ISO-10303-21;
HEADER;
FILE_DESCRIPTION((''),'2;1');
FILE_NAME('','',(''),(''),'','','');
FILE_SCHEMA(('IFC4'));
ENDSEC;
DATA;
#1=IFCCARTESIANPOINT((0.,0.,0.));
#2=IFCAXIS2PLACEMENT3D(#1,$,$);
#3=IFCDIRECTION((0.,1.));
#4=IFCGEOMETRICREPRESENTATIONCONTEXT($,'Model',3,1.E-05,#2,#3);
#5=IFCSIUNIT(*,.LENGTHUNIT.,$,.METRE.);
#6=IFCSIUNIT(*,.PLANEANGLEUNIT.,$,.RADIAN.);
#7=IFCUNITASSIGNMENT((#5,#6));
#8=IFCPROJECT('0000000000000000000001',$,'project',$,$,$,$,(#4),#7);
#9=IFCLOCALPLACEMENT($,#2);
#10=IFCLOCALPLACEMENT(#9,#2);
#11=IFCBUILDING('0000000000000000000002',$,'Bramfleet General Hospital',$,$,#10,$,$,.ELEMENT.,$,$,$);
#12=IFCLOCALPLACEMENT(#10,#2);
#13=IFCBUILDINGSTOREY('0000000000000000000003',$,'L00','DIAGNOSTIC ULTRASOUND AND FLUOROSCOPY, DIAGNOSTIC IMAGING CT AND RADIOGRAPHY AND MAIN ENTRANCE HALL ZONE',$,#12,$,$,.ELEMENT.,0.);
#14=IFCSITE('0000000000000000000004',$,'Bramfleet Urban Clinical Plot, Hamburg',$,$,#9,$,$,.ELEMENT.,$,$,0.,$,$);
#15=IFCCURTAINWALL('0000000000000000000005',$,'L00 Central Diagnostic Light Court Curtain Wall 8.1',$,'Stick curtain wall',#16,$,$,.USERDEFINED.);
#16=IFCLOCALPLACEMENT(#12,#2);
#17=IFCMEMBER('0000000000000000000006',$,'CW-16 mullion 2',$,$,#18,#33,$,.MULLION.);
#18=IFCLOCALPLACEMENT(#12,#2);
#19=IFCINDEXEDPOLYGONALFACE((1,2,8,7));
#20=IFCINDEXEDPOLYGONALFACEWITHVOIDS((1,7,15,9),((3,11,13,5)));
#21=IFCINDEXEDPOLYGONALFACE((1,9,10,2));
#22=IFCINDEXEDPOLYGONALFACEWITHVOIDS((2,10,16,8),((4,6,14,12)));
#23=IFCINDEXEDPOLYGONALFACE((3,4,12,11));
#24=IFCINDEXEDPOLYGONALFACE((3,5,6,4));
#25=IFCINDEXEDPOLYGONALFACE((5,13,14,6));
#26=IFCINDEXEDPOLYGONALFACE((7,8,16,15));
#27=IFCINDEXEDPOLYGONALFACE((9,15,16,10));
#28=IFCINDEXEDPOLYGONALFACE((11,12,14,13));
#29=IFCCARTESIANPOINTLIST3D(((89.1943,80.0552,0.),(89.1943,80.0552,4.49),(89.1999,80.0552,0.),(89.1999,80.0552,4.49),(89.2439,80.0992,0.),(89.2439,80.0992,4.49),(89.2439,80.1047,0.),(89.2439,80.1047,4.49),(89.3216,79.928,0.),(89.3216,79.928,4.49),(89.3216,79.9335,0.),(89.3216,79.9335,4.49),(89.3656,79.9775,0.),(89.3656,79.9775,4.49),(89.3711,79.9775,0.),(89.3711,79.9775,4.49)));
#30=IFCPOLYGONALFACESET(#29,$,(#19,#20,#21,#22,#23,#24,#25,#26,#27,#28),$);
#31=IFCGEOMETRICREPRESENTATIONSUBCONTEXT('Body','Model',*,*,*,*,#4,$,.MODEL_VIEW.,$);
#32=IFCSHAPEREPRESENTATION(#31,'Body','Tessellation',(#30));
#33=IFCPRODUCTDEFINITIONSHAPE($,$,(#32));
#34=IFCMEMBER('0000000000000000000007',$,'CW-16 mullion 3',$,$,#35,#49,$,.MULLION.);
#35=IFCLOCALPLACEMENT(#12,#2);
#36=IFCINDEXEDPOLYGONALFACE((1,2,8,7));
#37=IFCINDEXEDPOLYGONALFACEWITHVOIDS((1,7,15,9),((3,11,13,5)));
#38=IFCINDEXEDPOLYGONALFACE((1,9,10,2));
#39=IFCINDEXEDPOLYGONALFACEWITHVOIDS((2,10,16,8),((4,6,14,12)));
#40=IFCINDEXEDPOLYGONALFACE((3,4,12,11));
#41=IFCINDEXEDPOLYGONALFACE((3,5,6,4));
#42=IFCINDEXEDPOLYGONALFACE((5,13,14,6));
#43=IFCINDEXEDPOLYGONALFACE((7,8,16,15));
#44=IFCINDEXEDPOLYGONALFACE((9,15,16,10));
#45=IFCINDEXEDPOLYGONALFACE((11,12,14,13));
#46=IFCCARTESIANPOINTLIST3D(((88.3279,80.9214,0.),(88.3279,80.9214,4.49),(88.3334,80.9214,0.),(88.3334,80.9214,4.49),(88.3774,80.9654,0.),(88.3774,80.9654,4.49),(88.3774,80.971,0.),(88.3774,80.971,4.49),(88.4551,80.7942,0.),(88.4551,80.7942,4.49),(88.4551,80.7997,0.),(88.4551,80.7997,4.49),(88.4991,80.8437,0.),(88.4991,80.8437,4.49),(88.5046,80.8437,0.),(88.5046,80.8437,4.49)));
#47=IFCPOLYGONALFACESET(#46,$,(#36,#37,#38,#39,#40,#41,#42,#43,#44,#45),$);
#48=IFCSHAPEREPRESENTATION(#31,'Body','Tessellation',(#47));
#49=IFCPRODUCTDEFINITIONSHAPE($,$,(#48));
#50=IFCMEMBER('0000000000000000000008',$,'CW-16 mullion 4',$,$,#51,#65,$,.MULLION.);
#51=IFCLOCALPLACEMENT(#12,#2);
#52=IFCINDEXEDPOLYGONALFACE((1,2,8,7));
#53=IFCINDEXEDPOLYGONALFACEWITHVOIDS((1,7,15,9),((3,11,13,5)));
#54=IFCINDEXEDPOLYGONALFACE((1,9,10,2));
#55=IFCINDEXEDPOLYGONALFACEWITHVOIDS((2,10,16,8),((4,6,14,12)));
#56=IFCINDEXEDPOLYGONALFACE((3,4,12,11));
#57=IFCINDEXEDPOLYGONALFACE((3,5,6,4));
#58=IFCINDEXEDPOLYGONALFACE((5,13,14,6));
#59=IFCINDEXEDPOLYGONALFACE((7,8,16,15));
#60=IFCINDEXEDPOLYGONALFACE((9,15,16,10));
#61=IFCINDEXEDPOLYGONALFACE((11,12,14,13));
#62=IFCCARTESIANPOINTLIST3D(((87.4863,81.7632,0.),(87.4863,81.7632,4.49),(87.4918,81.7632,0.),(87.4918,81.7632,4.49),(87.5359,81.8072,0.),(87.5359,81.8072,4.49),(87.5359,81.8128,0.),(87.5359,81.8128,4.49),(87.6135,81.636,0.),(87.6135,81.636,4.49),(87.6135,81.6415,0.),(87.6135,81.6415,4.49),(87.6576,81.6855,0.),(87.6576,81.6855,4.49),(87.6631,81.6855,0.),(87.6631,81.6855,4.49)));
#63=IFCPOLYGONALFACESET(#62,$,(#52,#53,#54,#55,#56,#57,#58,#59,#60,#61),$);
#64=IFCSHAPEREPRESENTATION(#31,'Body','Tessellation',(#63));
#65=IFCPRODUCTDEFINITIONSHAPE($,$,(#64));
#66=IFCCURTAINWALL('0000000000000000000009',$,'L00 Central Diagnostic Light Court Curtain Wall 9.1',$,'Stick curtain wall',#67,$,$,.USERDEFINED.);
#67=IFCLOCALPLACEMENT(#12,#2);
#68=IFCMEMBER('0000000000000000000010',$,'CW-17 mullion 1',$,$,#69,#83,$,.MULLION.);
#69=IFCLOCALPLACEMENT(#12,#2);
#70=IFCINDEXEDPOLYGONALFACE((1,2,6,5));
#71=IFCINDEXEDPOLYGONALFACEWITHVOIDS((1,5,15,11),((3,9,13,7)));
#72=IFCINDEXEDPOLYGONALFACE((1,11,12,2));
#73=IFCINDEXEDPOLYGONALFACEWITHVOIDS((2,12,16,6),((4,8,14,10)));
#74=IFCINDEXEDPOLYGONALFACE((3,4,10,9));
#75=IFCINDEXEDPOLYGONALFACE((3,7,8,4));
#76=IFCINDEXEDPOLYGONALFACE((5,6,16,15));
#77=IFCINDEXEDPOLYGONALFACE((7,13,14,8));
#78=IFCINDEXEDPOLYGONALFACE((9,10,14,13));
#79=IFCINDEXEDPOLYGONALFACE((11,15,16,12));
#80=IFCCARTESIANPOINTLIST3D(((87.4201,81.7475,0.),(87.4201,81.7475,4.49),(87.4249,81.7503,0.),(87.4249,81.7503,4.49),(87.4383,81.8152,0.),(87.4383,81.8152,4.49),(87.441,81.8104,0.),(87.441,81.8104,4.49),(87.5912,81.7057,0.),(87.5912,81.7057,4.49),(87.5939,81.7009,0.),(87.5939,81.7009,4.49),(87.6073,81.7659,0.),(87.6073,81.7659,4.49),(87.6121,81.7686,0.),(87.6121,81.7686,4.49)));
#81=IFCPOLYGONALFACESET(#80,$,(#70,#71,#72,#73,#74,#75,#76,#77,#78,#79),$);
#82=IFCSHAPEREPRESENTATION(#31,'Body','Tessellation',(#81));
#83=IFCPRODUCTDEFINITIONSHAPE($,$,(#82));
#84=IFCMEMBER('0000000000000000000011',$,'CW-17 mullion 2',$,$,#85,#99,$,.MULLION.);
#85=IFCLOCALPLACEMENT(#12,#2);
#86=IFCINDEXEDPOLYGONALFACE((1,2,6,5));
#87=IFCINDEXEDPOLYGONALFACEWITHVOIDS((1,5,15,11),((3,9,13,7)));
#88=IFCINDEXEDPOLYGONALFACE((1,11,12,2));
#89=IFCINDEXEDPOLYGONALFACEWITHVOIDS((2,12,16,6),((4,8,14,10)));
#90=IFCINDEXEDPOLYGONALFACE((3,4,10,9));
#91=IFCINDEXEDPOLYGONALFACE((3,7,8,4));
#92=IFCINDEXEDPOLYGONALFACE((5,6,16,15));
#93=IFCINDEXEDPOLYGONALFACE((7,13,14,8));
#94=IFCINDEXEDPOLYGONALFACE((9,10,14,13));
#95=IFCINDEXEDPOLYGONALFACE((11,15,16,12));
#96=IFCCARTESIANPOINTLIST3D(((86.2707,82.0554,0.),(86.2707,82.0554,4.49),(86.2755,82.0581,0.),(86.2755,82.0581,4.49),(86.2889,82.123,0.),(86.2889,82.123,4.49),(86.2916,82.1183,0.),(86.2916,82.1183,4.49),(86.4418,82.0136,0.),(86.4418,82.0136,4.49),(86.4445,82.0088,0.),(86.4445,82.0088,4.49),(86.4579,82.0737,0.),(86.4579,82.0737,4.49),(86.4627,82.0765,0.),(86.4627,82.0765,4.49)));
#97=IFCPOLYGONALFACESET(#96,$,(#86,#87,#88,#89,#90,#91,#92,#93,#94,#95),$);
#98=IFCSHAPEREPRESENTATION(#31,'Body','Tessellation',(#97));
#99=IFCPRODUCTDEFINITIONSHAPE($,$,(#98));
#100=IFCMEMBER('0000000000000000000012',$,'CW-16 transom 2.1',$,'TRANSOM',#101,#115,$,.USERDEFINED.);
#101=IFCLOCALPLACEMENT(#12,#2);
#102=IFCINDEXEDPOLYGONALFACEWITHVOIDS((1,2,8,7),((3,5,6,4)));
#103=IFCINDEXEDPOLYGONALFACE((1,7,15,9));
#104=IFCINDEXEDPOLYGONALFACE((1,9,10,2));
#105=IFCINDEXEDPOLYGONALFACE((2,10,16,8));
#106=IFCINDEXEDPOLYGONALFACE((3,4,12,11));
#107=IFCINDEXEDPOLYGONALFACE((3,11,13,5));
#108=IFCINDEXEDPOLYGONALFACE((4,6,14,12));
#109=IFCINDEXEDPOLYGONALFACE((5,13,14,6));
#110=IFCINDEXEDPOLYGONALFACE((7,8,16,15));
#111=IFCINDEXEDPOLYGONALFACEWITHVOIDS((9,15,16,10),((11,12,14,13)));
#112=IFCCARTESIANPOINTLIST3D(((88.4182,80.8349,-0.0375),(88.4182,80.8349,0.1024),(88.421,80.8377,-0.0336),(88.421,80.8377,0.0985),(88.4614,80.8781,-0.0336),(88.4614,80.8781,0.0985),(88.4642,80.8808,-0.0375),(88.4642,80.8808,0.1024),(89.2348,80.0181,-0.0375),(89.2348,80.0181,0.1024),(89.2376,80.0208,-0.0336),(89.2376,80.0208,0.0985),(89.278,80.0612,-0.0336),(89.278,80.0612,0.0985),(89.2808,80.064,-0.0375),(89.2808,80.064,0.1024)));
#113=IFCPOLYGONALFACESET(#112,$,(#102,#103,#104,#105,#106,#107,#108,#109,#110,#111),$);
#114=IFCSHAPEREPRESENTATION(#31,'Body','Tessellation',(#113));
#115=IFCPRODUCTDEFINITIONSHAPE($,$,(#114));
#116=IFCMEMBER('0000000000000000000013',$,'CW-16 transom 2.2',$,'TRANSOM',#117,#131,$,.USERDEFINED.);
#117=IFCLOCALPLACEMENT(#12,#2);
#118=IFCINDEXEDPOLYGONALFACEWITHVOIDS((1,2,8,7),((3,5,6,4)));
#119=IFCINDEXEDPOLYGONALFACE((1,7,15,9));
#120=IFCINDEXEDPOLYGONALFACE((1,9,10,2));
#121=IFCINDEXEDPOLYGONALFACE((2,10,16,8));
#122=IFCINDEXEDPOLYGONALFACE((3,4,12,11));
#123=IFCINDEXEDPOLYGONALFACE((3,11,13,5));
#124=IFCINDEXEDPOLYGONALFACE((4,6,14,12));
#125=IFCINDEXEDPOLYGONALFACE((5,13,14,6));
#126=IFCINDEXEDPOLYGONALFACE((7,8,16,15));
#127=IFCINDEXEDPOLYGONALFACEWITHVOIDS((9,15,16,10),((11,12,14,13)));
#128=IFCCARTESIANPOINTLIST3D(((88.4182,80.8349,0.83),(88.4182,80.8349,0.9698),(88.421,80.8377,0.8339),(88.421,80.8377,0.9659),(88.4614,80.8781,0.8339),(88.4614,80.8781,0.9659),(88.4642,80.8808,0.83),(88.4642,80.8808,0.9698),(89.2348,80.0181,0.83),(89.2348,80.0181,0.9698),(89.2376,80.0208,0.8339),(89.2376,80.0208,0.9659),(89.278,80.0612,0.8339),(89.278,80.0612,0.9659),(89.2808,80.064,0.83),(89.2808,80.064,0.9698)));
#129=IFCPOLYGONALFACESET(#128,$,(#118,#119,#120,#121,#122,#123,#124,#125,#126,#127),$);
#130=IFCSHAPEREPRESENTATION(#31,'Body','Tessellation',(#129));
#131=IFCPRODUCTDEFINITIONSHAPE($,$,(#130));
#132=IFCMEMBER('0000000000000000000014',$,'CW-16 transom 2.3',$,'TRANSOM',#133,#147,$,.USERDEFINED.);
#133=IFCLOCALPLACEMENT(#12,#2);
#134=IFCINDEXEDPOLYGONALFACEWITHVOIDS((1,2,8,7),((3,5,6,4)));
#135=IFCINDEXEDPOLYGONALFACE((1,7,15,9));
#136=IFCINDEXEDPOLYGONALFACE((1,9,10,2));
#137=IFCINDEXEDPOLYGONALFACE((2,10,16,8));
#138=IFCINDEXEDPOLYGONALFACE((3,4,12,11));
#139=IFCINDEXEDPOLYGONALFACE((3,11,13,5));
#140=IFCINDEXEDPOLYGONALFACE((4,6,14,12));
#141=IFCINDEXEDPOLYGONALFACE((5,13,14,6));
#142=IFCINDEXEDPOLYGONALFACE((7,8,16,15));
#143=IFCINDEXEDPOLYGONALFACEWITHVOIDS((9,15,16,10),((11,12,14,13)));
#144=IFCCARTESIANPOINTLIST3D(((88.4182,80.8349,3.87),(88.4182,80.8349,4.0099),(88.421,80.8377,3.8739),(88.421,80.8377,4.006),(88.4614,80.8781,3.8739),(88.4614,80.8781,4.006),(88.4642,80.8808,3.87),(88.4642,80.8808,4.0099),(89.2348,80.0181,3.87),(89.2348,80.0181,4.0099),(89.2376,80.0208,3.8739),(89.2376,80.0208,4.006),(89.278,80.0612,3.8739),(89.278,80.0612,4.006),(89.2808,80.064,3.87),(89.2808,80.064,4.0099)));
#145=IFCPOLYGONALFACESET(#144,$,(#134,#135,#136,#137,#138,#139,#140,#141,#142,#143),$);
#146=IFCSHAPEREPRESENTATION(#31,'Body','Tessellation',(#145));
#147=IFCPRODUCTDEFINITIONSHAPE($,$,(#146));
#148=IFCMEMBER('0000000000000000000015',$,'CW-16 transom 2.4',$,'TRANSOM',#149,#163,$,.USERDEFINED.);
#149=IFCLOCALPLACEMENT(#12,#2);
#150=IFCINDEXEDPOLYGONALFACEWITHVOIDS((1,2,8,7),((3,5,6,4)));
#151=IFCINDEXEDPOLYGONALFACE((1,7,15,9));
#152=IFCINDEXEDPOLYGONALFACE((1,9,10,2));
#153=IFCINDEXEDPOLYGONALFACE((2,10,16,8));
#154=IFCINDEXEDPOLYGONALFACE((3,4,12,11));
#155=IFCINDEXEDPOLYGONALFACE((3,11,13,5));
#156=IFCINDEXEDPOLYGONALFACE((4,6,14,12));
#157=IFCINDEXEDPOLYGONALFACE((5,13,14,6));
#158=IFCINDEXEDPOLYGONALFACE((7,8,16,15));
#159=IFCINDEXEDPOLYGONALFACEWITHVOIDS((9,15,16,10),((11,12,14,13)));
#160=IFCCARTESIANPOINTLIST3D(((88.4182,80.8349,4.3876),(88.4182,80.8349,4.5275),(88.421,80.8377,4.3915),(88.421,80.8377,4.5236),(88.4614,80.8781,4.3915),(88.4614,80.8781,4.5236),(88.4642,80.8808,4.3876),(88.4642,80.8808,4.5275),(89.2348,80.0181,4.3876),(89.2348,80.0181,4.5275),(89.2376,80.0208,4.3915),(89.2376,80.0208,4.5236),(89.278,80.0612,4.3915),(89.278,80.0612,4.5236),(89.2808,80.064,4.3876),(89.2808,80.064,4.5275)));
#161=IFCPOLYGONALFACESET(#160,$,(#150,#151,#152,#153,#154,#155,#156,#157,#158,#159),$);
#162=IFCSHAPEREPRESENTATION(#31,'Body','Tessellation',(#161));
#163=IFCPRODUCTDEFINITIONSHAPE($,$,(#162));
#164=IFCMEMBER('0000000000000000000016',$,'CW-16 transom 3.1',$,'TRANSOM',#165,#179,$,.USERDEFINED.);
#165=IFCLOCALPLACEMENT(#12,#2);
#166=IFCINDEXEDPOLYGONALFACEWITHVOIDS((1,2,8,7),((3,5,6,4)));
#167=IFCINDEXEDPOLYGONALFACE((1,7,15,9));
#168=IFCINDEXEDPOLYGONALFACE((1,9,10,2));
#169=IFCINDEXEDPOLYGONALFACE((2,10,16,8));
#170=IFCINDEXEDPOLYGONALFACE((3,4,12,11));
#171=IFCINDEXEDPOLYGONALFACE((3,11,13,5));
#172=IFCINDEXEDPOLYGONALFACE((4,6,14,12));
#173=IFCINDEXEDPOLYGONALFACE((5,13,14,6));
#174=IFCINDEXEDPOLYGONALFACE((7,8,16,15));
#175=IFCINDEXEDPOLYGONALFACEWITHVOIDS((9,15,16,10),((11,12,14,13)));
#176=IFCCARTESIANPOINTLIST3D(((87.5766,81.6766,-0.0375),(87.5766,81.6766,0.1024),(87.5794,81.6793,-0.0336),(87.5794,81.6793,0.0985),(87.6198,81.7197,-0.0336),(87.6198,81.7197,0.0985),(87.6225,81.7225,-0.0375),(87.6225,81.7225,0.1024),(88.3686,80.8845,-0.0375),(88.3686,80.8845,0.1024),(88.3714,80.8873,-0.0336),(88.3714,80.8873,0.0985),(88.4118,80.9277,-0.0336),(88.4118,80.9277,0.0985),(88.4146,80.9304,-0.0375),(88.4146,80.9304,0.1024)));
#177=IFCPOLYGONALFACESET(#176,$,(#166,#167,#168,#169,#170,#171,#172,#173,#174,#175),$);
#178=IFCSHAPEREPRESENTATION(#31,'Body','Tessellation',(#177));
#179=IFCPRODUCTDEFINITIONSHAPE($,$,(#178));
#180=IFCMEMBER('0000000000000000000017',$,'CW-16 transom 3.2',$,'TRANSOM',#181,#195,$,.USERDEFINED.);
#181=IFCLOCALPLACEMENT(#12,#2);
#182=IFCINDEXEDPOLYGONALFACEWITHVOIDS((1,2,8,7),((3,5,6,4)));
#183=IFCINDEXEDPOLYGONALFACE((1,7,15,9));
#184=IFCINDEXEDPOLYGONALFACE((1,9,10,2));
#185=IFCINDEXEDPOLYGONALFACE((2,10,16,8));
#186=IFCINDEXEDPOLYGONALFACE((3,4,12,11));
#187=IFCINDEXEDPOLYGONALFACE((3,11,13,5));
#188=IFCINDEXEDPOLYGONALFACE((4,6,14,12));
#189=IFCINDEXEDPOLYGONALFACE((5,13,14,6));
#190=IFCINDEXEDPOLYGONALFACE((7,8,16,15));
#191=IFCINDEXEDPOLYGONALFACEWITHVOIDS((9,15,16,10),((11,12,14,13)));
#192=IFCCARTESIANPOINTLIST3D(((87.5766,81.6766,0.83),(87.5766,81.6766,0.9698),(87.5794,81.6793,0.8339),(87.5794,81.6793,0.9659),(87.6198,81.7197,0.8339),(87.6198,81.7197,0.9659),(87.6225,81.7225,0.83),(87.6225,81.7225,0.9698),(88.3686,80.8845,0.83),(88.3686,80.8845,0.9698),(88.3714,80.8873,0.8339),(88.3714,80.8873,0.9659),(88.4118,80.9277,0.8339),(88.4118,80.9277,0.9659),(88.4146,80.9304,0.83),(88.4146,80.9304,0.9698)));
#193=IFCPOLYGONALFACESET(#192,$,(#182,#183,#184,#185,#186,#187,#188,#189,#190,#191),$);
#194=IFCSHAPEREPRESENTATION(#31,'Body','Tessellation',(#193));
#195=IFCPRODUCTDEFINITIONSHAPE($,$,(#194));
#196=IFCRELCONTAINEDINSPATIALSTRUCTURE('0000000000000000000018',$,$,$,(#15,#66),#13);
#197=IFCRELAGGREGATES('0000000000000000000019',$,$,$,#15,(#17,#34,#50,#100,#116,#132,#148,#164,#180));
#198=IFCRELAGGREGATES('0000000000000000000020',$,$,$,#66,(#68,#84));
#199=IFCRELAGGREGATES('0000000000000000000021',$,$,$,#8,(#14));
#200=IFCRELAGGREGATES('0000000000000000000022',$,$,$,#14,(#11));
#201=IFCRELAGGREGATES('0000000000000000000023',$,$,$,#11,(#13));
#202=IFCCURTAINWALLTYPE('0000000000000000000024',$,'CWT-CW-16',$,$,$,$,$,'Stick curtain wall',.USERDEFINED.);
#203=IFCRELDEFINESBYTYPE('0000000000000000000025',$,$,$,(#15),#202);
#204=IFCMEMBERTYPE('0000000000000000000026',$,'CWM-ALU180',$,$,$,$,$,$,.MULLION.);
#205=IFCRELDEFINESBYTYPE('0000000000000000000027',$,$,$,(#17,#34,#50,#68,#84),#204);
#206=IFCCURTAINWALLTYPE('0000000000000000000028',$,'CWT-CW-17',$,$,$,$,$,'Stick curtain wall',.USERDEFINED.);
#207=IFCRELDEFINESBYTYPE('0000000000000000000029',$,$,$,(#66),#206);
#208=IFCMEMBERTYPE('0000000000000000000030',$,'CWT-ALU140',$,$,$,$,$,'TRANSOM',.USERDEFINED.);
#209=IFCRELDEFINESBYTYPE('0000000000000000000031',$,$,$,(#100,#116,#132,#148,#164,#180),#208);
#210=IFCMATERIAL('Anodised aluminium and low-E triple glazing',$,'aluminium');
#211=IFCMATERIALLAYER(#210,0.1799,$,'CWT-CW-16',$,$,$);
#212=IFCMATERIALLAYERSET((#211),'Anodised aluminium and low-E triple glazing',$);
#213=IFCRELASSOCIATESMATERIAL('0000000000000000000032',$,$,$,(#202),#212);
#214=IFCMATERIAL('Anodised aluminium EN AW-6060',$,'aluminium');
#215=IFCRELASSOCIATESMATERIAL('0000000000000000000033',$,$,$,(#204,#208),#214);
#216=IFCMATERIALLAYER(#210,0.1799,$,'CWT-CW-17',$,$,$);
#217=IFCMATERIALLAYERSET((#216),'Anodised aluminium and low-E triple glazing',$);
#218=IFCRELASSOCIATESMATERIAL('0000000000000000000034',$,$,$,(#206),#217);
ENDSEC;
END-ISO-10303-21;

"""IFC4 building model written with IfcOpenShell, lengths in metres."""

from ifc_helpers import new_model, si_unit, direction, frame, origin, origin_2d, place, context, subcontext, project, spatial, hollow_rectangle, extrude, material, layer, layer_set, material_profile, profile_set, type_object, element, aggregate, save


model = new_model("IFC4")

# Units and contexts
model_context = context("Model", 3, precision=1e-05, world=origin(), true_north=direction((0.0, 1.0)))
body_context = subcontext(model_context, "Body", "Model", "MODEL_VIEW")
ifc_project = project(units=[si_unit("LENGTHUNIT", "METRE"), si_unit("PLANEANGLEUNIT", "RADIAN")], contexts=[model_context])

# Site, building, storey
site_placement = place(None, origin())
site = spatial("IfcSite", under=ifc_project, at=site_placement, Name="Bramfleet Urban Clinical Plot, Hamburg", CompositionType="ELEMENT", RefElevation=0.0)
building_placement = place(site_placement, origin())
building = spatial("IfcBuilding", under=site, at=building_placement, Name="Bramfleet General Hospital", CompositionType="ELEMENT")
storey_placement = place(building_placement, origin())
storey = spatial("IfcBuildingStorey", under=building, at=storey_placement, Name="L00", Description="DIAGNOSTIC ULTRASOUND AND FLUOROSCOPY, DIAGNOSTIC IMAGING CT AND RADIOGRAPHY AND MAIN ENTRANCE HALL ZONE", CompositionType="ELEMENT", Elevation=0.0)

# Curtain walls, members
ifc_material_1 = material(Name="Anodised aluminium and low-E triple glazing", Category="aluminium")
ifc_layer_1 = layer(ifc_material_1, 0.1799, Name="CWT-CW-16")
ifc_layer_set_1 = layer_set([ifc_layer_1], Name="Anodised aluminium and low-E triple glazing")
curtain_wall_type_1 = type_object("IfcCurtainWallType", Name="CWT-CW-16", ElementType="Stick curtain wall", PredefinedType="USERDEFINED", material=ifc_layer_set_1)
curtain_wall_1_placement = place(storey_placement, origin())
curtain_wall_1 = element("IfcCurtainWall", 1, at=curtain_wall_1_placement, inside=storey, type_object=curtain_wall_type_1, Name="L00 Central Diagnostic Light Court Curtain Wall 8.1", ObjectType="Stick curtain wall", PredefinedType="USERDEFINED")
ifc_material_2 = material(Name="Anodised aluminium EN AW-6060", Category="aluminium")
ifc_material_profile_1 = material_profile(ifc_material_2, hollow_rectangle(XDim=0.0701, YDim=0.1799, WallThickness=0.0039, at=origin_2d()), Name="ALU 180x70x4.0")
ifc_profile_set_1 = profile_set([ifc_material_profile_1], Name="Anodised aluminium EN AW-6060")
member_type_1 = type_object("IfcMemberType", Name="CWM-ALU180", PredefinedType="MULLION", material=ifc_profile_set_1)
member_1_placement = place(storey_placement, frame((89.2827, 80.0164, 0.0), z_axis=(0.0, 0.0, 1.0), x_axis=(-0.707107, -0.707107, 0.0)))
member_1 = element("IfcMember", 2, at=member_1_placement, type_object=member_type_1, Name="CW-16 mullion 2", PredefinedType="MULLION", context=body_context, shape_type="SweptSolid", body=[
    extrude(hollow_rectangle(XDim=0.0701, YDim=0.1799, WallThickness=0.0039, at=origin_2d()), origin(), (0.0, 0.0, 1.0), 4.49),
])
member_2_placement = place(storey_placement, frame((88.4163, 80.8826, 0.0), z_axis=(0.0, 0.0, 1.0), x_axis=(-0.707107, -0.707107, 0.0)))
member_2 = element("IfcMember", 3, at=member_2_placement, type_object=member_type_1, Name="CW-16 mullion 3", PredefinedType="MULLION", context=body_context, shape_type="SweptSolid", body=[
    extrude(hollow_rectangle(XDim=0.0701, YDim=0.1799, WallThickness=0.0039, at=origin_2d()), origin(), (0.0, 0.0, 1.0), 4.49),
])
member_3_placement = place(storey_placement, frame((87.5747, 81.7244, 0.0), z_axis=(0.0, 0.0, 1.0), x_axis=(-0.707107, -0.707107, 0.0)))
member_3 = element("IfcMember", 4, at=member_3_placement, type_object=member_type_1, Name="CW-16 mullion 4", PredefinedType="MULLION", context=body_context, shape_type="SweptSolid", body=[
    extrude(hollow_rectangle(XDim=0.0701, YDim=0.1799, WallThickness=0.0039, at=origin_2d()), origin(), (0.0, 0.0, 1.0), 4.49),
])
ifc_layer_2 = layer(ifc_material_1, 0.1799, Name="CWT-CW-17")
ifc_layer_set_2 = layer_set([ifc_layer_2], Name="Anodised aluminium and low-E triple glazing")
curtain_wall_type_2 = type_object("IfcCurtainWallType", Name="CWT-CW-17", ElementType="Stick curtain wall", PredefinedType="USERDEFINED", material=ifc_layer_set_2)
curtain_wall_2_placement = place(storey_placement, origin())
curtain_wall_2 = element("IfcCurtainWall", 5, at=curtain_wall_2_placement, inside=storey, type_object=curtain_wall_type_2, Name="L00 Central Diagnostic Light Court Curtain Wall 9.1", ObjectType="Stick curtain wall", PredefinedType="USERDEFINED")
member_4_placement = place(storey_placement, frame((87.5161, 81.7581, 0.0), z_axis=(0.0, 0.0, 1.0), x_axis=(-0.258763, -0.965941, 0.0)))
member_4 = element("IfcMember", 6, at=member_4_placement, type_object=member_type_1, Name="CW-17 mullion 1", PredefinedType="MULLION", context=body_context, shape_type="SweptSolid", body=[
    extrude(hollow_rectangle(XDim=0.0701, YDim=0.1799, WallThickness=0.0039, at=origin_2d()), origin(), (0.0, 0.0, 1.0), 4.49),
])
member_5_placement = place(storey_placement, frame((86.3667, 82.0659, 0.0), z_axis=(0.0, 0.0, 1.0), x_axis=(-0.258763, -0.965941, 0.0)))
member_5 = element("IfcMember", 7, at=member_5_placement, type_object=member_type_1, Name="CW-17 mullion 2", PredefinedType="MULLION", context=body_context, shape_type="SweptSolid", body=[
    extrude(hollow_rectangle(XDim=0.0701, YDim=0.1799, WallThickness=0.0039, at=origin_2d()), origin(), (0.0, 0.0, 1.0), 4.49),
])

# Members
ifc_material_profile_2 = material_profile(ifc_material_2, hollow_rectangle(XDim=0.0649, YDim=0.1399, WallThickness=0.0039, at=origin_2d()), Name="ALU 140x65x4.0")
ifc_profile_set_2 = profile_set([ifc_material_profile_2], Name="Anodised aluminium EN AW-6060")
member_type_2 = type_object("IfcMemberType", Name="CWT-ALU140", ElementType="TRANSOM", PredefinedType="USERDEFINED", material=ifc_profile_set_2)
member_6_placement = place(storey_placement, frame((89.2578, 80.041, 0.0325), z_axis=(-0.707001, 0.707212, 0.0), x_axis=(-0.707212, -0.707001, 0.0)))
member_6 = element("IfcMember", 8, at=member_6_placement, type_object=member_type_2, Name="CW-16 transom 2.1", ObjectType="TRANSOM", PredefinedType="USERDEFINED", context=body_context, shape_type="SweptSolid", body=[
    extrude(hollow_rectangle(XDim=0.0649, YDim=0.1399, WallThickness=0.0039, at=origin_2d()), origin(), (0.0, 0.0, 1.0), 1.155),
])
member_7_placement = place(storey_placement, frame((89.2578, 80.041, 0.8999), z_axis=(-0.707001, 0.707212, 0.0), x_axis=(-0.707212, -0.707001, 0.0)))
member_7 = element("IfcMember", 9, at=member_7_placement, type_object=member_type_2, Name="CW-16 transom 2.2", ObjectType="TRANSOM", PredefinedType="USERDEFINED", context=body_context, shape_type="SweptSolid", body=[
    extrude(hollow_rectangle(XDim=0.0649, YDim=0.1399, WallThickness=0.0039, at=origin_2d()), origin(), (0.0, 0.0, 1.0), 1.155),
])
member_8_placement = place(storey_placement, frame((89.2578, 80.041, 3.9399), z_axis=(-0.707001, 0.707212, 0.0), x_axis=(-0.707212, -0.707001, 0.0)))
member_8 = element("IfcMember", 10, at=member_8_placement, type_object=member_type_2, Name="CW-16 transom 2.3", ObjectType="TRANSOM", PredefinedType="USERDEFINED", context=body_context, shape_type="SweptSolid", body=[
    extrude(hollow_rectangle(XDim=0.0649, YDim=0.1399, WallThickness=0.0039, at=origin_2d()), origin(), (0.0, 0.0, 1.0), 1.155),
])
member_9_placement = place(storey_placement, frame((89.2578, 80.041, 4.4575), z_axis=(-0.707001, 0.707212, 0.0), x_axis=(-0.707212, -0.707001, 0.0)))
member_9 = element("IfcMember", 11, at=member_9_placement, type_object=member_type_2, Name="CW-16 transom 2.4", ObjectType="TRANSOM", PredefinedType="USERDEFINED", context=body_context, shape_type="SweptSolid", body=[
    extrude(hollow_rectangle(XDim=0.0649, YDim=0.1399, WallThickness=0.0039, at=origin_2d()), origin(), (0.0, 0.0, 1.0), 1.155),
])
member_10_placement = place(storey_placement, frame((88.3916, 80.9075, 0.0325), z_axis=(-0.707107, 0.707107, 0.0), x_axis=(-0.707107, -0.707107, 0.0)))
member_10 = element("IfcMember", 12, at=member_10_placement, type_object=member_type_2, Name="CW-16 transom 3.1", ObjectType="TRANSOM", PredefinedType="USERDEFINED", context=body_context, shape_type="SweptSolid", body=[
    extrude(hollow_rectangle(XDim=0.0649, YDim=0.1399, WallThickness=0.0039, at=origin_2d()), origin(), (0.0, 0.0, 1.0), 1.1201),
])
member_11_placement = place(storey_placement, frame((88.3916, 80.9075, 0.8999), z_axis=(-0.707107, 0.707107, 0.0), x_axis=(-0.707107, -0.707107, 0.0)))
member_11 = element("IfcMember", 13, at=member_11_placement, type_object=member_type_2, Name="CW-16 transom 3.2", ObjectType="TRANSOM", PredefinedType="USERDEFINED", context=body_context, shape_type="SweptSolid", body=[
    extrude(hollow_rectangle(XDim=0.0649, YDim=0.1399, WallThickness=0.0039, at=origin_2d()), origin(), (0.0, 0.0, 1.0), 1.1201),
])

aggregate(curtain_wall_1, [member_1, member_2, member_3, member_6, member_7, member_8, member_9, member_10, member_11])
aggregate(curtain_wall_2, [member_4, member_5])

save(model, "model.ifc")
